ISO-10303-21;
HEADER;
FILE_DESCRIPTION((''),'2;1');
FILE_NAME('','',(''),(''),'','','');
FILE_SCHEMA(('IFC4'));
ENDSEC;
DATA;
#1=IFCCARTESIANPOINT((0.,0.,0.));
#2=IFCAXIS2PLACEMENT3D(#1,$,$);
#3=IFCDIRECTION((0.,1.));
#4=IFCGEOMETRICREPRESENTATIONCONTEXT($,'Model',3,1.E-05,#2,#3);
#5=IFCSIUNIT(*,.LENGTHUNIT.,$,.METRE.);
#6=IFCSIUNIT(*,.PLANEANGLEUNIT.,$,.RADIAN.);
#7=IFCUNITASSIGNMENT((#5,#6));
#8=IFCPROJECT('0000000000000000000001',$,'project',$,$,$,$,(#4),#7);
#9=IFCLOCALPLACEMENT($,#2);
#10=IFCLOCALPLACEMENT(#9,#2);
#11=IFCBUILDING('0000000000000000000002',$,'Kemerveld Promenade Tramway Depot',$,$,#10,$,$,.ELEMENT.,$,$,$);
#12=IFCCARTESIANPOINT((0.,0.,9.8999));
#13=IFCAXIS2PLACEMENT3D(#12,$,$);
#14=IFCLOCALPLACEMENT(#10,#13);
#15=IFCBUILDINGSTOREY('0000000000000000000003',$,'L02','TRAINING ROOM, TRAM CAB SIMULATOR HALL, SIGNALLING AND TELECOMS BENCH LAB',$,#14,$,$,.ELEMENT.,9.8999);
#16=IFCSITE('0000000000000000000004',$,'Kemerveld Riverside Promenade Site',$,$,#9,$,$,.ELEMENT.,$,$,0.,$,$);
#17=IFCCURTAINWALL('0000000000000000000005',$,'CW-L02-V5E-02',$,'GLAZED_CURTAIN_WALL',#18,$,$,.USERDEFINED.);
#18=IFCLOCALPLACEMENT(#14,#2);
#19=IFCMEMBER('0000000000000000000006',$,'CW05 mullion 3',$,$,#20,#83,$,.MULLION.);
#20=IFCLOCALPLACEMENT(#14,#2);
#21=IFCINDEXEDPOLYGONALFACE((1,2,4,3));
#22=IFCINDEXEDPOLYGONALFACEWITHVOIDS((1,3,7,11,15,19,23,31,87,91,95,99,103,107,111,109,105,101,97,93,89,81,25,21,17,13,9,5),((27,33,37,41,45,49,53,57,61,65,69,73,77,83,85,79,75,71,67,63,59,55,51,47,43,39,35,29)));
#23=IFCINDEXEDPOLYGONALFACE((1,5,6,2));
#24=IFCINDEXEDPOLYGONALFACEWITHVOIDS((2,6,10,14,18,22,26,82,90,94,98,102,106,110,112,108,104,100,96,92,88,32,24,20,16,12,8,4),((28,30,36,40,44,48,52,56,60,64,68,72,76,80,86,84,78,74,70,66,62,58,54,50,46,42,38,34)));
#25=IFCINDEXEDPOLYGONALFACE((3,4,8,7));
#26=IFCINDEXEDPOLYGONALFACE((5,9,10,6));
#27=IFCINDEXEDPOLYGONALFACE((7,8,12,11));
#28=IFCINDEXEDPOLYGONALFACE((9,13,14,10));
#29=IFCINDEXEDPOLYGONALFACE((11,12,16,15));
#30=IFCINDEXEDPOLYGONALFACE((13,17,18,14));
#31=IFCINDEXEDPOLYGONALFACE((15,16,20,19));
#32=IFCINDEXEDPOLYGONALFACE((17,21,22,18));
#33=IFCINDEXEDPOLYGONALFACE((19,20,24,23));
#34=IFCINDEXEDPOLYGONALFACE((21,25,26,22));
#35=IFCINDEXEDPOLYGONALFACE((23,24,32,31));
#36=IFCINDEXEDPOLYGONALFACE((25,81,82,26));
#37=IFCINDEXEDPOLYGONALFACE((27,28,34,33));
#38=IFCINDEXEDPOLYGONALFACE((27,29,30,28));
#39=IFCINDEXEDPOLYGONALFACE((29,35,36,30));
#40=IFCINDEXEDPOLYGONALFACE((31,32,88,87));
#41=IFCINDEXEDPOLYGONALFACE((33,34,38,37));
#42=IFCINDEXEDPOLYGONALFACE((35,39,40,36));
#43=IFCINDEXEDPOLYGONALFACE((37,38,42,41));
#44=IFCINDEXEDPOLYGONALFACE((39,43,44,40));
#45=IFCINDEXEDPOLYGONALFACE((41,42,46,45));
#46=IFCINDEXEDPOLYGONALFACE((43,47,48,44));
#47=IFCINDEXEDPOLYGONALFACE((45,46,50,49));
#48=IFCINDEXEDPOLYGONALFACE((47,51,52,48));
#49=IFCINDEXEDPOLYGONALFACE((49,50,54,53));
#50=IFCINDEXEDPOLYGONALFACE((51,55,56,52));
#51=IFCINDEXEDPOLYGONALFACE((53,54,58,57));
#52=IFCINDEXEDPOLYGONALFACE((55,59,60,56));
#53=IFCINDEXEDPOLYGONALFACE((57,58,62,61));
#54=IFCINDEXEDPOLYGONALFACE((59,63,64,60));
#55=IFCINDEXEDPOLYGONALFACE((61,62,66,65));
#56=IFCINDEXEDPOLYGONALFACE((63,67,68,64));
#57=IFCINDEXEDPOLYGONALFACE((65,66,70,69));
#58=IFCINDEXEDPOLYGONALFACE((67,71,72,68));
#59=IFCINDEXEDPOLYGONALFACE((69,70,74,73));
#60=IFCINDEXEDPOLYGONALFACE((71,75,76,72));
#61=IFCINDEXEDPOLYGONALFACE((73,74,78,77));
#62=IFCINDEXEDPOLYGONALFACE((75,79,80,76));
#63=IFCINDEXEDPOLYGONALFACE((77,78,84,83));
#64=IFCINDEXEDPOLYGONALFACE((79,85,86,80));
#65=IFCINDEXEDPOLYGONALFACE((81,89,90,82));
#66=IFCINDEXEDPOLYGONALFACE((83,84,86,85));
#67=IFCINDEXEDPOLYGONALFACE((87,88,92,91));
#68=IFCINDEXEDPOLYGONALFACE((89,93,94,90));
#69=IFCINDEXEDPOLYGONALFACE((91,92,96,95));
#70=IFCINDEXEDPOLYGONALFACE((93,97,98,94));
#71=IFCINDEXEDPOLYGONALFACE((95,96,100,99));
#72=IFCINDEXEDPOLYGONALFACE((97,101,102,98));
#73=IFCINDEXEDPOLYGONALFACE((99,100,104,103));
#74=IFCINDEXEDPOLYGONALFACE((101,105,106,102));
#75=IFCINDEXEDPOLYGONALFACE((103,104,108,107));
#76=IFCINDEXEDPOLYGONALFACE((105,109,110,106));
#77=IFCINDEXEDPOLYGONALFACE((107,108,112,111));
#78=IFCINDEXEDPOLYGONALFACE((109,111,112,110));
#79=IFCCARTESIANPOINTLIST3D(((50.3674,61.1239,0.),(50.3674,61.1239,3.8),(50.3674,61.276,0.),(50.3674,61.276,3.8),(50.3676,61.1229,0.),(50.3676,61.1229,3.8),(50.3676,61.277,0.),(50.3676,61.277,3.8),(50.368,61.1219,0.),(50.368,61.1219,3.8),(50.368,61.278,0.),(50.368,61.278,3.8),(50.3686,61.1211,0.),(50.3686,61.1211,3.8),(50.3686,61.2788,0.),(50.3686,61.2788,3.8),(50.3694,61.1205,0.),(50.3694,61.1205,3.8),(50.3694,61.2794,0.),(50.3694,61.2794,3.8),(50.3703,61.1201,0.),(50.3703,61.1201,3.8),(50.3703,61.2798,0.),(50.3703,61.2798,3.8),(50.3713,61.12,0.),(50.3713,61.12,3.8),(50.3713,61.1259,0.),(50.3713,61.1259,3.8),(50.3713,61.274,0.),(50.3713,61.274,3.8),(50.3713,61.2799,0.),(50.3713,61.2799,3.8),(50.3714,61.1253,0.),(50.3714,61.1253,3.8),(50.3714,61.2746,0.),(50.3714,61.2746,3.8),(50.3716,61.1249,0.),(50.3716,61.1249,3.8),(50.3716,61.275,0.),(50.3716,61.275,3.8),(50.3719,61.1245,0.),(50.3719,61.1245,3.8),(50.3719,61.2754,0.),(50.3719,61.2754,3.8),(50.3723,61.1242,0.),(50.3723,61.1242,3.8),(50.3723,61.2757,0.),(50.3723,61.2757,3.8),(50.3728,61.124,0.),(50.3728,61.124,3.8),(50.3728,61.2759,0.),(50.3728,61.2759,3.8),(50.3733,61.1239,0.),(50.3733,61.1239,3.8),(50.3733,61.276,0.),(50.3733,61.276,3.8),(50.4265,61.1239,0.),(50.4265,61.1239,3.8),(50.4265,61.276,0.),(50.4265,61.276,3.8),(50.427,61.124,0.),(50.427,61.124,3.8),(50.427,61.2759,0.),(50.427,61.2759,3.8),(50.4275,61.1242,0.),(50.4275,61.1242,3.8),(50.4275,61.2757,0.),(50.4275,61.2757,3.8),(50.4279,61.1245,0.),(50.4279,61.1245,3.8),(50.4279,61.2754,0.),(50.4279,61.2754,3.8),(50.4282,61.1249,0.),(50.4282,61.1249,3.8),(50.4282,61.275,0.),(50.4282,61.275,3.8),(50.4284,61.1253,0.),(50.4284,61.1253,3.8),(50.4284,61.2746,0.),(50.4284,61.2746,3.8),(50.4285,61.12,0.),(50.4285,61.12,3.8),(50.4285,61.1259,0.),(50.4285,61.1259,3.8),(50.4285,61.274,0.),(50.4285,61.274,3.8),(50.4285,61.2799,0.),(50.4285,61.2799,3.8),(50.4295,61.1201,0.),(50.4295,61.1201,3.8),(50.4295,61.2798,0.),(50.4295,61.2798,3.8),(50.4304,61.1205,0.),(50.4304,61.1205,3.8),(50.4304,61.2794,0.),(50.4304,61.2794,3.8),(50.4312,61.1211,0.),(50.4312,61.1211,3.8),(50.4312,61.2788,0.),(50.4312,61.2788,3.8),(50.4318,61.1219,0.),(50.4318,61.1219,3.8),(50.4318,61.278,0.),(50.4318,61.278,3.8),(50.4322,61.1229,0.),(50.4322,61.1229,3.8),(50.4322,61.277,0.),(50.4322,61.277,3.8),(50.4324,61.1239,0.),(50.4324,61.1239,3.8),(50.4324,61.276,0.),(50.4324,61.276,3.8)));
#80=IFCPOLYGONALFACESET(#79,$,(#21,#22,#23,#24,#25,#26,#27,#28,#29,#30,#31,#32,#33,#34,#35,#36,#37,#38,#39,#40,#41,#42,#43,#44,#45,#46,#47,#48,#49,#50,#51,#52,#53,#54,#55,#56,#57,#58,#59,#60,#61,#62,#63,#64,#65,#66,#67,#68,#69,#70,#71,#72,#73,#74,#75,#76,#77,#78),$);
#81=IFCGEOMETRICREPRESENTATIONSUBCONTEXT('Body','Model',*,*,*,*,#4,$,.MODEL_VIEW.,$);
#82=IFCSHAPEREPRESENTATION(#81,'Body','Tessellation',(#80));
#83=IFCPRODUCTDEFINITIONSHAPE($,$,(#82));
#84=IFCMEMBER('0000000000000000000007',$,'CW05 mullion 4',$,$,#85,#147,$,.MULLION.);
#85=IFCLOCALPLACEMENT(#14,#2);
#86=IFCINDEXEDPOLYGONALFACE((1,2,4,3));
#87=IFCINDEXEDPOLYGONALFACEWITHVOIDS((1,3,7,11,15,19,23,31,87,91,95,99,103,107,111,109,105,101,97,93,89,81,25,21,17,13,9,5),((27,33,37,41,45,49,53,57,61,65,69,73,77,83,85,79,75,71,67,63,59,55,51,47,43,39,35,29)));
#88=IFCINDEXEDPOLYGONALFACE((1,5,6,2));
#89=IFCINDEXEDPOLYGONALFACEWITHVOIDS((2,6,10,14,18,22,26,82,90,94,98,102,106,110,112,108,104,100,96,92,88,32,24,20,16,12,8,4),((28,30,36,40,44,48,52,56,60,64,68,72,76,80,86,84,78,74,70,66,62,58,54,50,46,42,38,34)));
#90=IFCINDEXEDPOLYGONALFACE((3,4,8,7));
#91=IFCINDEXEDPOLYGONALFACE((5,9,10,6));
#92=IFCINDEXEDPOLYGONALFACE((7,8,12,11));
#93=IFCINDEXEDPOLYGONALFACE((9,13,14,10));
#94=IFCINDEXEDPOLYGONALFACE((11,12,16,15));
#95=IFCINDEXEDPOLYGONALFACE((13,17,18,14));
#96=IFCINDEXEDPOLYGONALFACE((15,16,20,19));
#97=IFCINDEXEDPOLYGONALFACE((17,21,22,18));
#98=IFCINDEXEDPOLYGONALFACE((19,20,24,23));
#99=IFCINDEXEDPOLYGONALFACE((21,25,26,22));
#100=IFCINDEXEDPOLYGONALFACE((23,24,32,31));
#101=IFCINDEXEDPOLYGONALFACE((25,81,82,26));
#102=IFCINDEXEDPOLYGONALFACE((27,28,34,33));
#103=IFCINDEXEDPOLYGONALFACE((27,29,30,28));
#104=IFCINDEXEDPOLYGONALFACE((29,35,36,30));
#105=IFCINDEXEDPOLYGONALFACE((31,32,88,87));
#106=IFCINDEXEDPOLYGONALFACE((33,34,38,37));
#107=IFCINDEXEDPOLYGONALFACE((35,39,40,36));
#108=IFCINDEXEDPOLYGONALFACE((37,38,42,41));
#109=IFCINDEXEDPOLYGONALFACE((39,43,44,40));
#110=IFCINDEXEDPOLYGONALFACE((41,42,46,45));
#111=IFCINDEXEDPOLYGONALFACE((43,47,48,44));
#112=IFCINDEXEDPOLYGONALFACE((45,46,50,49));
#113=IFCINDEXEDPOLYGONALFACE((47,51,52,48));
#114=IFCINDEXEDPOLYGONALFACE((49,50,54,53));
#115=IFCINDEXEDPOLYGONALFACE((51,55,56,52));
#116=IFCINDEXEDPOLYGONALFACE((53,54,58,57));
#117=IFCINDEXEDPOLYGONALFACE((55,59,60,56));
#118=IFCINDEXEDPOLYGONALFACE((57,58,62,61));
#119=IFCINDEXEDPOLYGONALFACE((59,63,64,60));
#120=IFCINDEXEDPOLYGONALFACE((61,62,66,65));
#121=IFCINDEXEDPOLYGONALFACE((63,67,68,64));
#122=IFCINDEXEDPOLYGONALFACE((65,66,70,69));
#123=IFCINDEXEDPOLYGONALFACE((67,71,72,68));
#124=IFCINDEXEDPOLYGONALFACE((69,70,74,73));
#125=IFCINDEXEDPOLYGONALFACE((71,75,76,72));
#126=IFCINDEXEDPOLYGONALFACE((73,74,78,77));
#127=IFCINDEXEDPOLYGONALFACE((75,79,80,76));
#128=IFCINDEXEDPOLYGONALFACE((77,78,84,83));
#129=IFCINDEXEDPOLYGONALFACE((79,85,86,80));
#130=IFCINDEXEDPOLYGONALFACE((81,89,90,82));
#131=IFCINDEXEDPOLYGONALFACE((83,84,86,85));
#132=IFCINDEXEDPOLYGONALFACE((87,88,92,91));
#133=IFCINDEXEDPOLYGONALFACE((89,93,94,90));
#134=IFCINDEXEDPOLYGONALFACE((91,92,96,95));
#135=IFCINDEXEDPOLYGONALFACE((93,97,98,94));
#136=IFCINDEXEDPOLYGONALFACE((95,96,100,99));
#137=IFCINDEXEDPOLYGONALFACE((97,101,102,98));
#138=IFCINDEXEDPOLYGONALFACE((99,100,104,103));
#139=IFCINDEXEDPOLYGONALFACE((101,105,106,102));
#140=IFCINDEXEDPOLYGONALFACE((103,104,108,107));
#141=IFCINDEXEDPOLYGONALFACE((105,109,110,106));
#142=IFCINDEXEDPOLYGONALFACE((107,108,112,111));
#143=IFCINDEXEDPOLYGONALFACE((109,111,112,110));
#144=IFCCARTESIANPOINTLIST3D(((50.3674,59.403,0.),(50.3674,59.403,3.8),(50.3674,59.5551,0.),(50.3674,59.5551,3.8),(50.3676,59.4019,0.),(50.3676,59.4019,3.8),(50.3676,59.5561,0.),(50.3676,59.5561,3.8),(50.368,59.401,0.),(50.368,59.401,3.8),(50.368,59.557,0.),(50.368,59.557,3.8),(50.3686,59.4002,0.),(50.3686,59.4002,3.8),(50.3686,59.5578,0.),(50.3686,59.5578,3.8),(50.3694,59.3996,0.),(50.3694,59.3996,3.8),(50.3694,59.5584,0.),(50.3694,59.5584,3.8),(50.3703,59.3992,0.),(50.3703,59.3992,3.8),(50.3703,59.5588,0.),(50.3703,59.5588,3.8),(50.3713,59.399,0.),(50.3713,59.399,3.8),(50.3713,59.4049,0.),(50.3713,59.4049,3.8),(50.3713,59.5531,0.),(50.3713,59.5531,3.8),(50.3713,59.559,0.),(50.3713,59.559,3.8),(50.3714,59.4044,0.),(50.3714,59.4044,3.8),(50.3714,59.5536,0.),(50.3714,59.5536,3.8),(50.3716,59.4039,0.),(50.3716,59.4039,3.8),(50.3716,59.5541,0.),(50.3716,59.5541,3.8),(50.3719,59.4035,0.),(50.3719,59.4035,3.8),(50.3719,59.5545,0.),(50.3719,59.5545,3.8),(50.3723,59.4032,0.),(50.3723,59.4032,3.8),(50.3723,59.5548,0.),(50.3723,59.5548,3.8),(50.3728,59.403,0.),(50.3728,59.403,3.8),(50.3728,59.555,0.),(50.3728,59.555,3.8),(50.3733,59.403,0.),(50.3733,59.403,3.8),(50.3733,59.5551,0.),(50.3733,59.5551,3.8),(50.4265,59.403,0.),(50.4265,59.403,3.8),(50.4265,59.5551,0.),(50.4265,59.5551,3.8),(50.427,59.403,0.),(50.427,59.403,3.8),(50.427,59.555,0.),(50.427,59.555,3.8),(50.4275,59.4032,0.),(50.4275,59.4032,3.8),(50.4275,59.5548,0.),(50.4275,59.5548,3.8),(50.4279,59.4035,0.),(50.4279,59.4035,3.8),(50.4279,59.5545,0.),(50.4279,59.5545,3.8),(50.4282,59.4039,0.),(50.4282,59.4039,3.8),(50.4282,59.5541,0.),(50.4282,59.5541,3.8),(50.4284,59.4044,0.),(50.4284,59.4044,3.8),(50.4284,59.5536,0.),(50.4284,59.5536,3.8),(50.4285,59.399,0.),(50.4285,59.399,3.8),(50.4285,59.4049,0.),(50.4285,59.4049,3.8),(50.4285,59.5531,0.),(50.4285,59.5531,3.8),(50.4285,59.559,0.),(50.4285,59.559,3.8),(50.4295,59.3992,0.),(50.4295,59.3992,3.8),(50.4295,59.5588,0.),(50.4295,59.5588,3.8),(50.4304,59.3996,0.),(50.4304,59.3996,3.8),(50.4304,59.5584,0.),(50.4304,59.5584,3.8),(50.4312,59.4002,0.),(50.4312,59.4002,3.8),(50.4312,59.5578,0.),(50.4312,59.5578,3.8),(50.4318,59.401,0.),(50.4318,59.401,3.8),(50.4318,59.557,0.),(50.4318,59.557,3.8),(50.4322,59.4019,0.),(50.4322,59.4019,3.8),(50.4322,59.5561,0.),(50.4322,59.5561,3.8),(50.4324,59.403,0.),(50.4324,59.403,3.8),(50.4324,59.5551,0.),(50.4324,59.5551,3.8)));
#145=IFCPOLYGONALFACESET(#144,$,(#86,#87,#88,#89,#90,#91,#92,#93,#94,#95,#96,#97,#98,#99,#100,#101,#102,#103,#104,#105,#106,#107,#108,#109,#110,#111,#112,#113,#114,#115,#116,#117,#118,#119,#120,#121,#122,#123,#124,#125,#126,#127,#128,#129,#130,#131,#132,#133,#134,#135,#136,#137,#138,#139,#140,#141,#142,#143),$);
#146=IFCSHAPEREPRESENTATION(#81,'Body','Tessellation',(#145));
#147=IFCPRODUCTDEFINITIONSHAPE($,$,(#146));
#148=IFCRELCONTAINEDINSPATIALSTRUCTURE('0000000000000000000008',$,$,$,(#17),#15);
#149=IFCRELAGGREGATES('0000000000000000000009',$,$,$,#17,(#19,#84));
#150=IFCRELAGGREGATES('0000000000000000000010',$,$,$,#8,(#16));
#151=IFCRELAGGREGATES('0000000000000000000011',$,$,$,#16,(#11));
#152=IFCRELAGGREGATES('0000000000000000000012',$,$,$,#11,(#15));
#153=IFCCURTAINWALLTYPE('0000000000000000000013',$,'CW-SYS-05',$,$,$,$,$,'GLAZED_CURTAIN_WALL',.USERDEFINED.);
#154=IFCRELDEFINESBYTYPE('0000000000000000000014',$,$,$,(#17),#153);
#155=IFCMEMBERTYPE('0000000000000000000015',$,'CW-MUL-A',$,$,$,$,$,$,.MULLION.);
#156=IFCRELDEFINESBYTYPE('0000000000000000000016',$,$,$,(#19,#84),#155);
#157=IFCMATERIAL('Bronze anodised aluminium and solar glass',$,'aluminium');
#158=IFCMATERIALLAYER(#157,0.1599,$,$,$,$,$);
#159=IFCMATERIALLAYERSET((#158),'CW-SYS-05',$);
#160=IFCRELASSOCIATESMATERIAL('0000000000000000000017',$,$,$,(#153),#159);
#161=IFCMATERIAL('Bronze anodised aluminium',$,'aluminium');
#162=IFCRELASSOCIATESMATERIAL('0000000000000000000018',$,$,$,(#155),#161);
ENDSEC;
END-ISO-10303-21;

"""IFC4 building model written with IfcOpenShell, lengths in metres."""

from ifc_helpers import new_model, si_unit, direction, frame, origin, origin_2d, place, context, subcontext, project, spatial, hollow_rectangle, extrude, material, layer, layer_set, material_profile, profile_set, type_object, element, aggregate, save


model = new_model("IFC4")

# Units and contexts
model_context = context("Model", 3, precision=1e-05, world=origin(), true_north=direction((0.0, 1.0)))
body_context = subcontext(model_context, "Body", "Model", "MODEL_VIEW")
ifc_project = project(units=[si_unit("LENGTHUNIT", "METRE"), si_unit("PLANEANGLEUNIT", "RADIAN")], contexts=[model_context])

# Site, building, storey
site_placement = place(None, origin())
site = spatial("IfcSite", under=ifc_project, at=site_placement, Name="Kemerveld Riverside Promenade Site", CompositionType="ELEMENT", RefElevation=0.0)
building_placement = place(site_placement, origin())
building = spatial("IfcBuilding", under=site, at=building_placement, Name="Kemerveld Promenade Tramway Depot", CompositionType="ELEMENT")
storey_placement = place(building_placement, frame((0.0, 0.0, 9.8999)))
storey = spatial("IfcBuildingStorey", under=building, at=storey_placement, Name="L02", Description="TRAINING ROOM, TRAM CAB SIMULATOR HALL, SIGNALLING AND TELECOMS BENCH LAB", CompositionType="ELEMENT", Elevation=9.8999)

# Curtain wall, members
ifc_material_1 = material(Name="Bronze anodised aluminium and solar glass", Category="aluminium")
ifc_layer_1 = layer(ifc_material_1, 0.1599)
ifc_layer_set_1 = layer_set([ifc_layer_1], Name="CW-SYS-05")
curtain_wall_type = type_object("IfcCurtainWallType", Name="CW-SYS-05", ElementType="GLAZED_CURTAIN_WALL", PredefinedType="USERDEFINED", material=ifc_layer_set_1)
curtain_wall_placement = place(storey_placement, origin())
curtain_wall = element("IfcCurtainWall", 1, at=curtain_wall_placement, inside=storey, type_object=curtain_wall_type, Name="CW-L02-V5E-02", ObjectType="GLAZED_CURTAIN_WALL", PredefinedType="USERDEFINED")
ifc_material_2 = material(Name="Bronze anodised aluminium", Category="aluminium")
ifc_material_profile_1 = material_profile(ifc_material_2, hollow_rectangle(XDim=0.0649, YDim=0.1599, WallThickness=0.0039, InnerFilletRadius=0.002, OuterFilletRadius=0.0039, at=origin_2d()), Name="CW-MUL-160x65")
ifc_profile_set_1 = profile_set([ifc_material_profile_1], Name="Bronze anodised aluminium")
member_type_1 = type_object("IfcMemberType", Name="CW-MUL-A", PredefinedType="MULLION", material=ifc_profile_set_1)
member_1_placement = place(storey_placement, frame((50.3999, 61.2, 0.0), z_axis=(0.0, 0.0, 1.0), x_axis=(1.0, 0.0, 0.0)))
member_1 = element("IfcMember", 2, at=member_1_placement, type_object=member_type_1, Name="CW05 mullion 3", PredefinedType="MULLION", context=body_context, shape_type="SweptSolid", body=[
    extrude(hollow_rectangle(XDim=0.0649, YDim=0.1599, WallThickness=0.0039, InnerFilletRadius=0.002, OuterFilletRadius=0.0039, at=origin_2d()), origin(), (0.0, 0.0, 1.0), 3.8),
])
member_2_placement = place(storey_placement, frame((50.3999, 59.479, 0.0), z_axis=(0.0, 0.0, 1.0), x_axis=(1.0, 0.0, 0.0)))
member_2 = element("IfcMember", 3, at=member_2_placement, type_object=member_type_1, Name="CW05 mullion 4", PredefinedType="MULLION", context=body_context, shape_type="SweptSolid", body=[
    extrude(hollow_rectangle(XDim=0.0649, YDim=0.1599, WallThickness=0.0039, InnerFilletRadius=0.002, OuterFilletRadius=0.0039, at=origin_2d()), origin(), (0.0, 0.0, 1.0), 3.8),
])
aggregate(curtain_wall, [member_1, member_2])

save(model, "model.ifc")
